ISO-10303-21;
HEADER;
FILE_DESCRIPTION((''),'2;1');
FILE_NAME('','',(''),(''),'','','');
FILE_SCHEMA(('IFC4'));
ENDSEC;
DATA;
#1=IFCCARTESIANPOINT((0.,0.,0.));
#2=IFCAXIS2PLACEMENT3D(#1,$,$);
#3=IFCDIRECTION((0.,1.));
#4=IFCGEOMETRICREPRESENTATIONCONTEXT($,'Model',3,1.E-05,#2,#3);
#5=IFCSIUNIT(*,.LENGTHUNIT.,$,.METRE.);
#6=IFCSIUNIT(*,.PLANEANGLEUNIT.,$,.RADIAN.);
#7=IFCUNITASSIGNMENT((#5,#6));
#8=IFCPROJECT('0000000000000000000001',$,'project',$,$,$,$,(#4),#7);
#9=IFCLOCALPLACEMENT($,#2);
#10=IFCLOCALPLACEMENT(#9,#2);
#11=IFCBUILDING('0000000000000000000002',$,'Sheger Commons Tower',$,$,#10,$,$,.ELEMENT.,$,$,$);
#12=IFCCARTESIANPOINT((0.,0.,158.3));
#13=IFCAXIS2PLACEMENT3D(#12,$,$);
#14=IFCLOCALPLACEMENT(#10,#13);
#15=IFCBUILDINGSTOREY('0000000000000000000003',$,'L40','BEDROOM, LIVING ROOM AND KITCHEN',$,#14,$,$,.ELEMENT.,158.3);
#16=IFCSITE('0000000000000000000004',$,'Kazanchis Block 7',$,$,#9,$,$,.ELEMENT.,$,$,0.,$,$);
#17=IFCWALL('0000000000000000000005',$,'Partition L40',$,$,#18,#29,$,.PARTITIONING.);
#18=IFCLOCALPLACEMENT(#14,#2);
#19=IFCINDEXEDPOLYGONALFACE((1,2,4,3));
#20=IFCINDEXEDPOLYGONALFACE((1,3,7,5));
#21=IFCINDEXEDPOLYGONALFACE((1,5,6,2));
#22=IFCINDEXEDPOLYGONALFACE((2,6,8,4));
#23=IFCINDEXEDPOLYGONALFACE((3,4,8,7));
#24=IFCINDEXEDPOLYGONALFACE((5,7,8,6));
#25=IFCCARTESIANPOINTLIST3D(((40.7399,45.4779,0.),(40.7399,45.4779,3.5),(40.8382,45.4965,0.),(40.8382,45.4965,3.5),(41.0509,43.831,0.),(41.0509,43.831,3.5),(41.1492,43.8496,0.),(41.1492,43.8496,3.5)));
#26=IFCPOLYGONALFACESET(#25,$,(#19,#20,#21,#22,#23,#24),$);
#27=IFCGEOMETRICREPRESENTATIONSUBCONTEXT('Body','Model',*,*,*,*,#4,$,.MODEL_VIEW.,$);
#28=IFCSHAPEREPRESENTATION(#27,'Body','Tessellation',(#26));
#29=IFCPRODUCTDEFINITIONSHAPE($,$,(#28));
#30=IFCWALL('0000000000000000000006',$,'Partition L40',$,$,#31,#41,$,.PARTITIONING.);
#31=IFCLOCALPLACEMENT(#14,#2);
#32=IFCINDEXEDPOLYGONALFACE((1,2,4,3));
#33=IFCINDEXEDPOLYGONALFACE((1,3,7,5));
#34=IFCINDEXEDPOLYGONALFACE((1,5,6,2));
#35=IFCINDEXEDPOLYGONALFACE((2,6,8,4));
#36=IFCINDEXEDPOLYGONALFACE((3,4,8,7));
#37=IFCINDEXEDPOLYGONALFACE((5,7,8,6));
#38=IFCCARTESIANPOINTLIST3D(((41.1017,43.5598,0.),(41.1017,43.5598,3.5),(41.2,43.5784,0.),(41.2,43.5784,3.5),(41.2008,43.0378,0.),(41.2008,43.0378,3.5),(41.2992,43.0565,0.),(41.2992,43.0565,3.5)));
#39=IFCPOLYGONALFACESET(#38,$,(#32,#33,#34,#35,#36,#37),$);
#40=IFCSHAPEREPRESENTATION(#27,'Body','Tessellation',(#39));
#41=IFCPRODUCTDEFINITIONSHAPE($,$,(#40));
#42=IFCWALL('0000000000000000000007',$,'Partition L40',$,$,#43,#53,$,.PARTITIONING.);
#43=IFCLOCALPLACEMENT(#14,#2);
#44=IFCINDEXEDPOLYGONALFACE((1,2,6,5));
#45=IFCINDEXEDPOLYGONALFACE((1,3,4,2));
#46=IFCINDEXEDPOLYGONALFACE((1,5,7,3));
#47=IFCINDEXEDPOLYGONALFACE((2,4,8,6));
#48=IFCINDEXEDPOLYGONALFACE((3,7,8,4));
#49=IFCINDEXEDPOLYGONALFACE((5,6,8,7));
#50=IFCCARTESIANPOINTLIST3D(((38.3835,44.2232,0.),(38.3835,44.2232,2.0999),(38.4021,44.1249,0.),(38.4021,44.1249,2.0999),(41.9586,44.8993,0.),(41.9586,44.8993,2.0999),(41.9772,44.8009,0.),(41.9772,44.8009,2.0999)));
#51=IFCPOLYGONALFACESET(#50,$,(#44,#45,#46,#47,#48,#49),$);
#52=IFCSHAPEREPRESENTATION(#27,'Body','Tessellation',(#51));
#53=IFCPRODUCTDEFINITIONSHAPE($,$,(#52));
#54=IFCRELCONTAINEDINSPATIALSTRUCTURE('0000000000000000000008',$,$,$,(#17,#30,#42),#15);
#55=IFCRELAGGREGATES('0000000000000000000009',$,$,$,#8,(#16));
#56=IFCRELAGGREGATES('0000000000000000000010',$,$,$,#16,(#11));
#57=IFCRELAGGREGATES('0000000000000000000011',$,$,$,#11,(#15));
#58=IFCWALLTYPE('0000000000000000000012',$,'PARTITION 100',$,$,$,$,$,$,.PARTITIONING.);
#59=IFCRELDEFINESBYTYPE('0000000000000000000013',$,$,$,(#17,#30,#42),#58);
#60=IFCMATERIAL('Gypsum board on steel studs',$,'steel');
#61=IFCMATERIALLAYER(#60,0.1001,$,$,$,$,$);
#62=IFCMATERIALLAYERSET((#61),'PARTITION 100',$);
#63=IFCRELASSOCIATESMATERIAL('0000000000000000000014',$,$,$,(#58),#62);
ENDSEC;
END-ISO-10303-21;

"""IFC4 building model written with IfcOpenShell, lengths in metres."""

from ifc_helpers import new_model, si_unit, direction, frame, frame_2d, origin, place, context, subcontext, project, spatial, rectangle, extrude, material, layer, layer_set, type_object, element, save


model = new_model("IFC4")

# Units and contexts
model_context = context("Model", 3, precision=1e-05, world=origin(), true_north=direction((0.0, 1.0)))
body_context = subcontext(model_context, "Body", "Model", "MODEL_VIEW")
ifc_project = project(units=[si_unit("LENGTHUNIT", "METRE"), si_unit("PLANEANGLEUNIT", "RADIAN")], contexts=[model_context])

# Site, building, storey
site_placement = place(None, origin())
site = spatial("IfcSite", under=ifc_project, at=site_placement, Name="Kazanchis Block 7", CompositionType="ELEMENT", RefElevation=0.0)
building_placement = place(site_placement, origin())
building = spatial("IfcBuilding", under=site, at=building_placement, Name="Sheger Commons Tower", CompositionType="ELEMENT")
storey_placement = place(building_placement, frame((0.0, 0.0, 158.3)))
storey = spatial("IfcBuildingStorey", under=building, at=storey_placement, Name="L40", Description="BEDROOM, LIVING ROOM AND KITCHEN", CompositionType="ELEMENT", Elevation=158.3)

# Walls
ifc_material_1 = material(Name="Gypsum board on steel studs", Category="steel")
ifc_layer_1 = layer(ifc_material_1, 0.1001)
ifc_layer_set_1 = layer_set([ifc_layer_1], Name="PARTITION 100")
wall_type_1 = type_object("IfcWallType", Name="PARTITION 100", PredefinedType="PARTITIONING", material=ifc_layer_set_1)
wall_1_placement = place(storey_placement, frame((40.7891, 45.4871, 0.0), z_axis=(0.0, 0.0, 1.0), x_axis=(0.185572, -0.982631, 0.0)))
element("IfcWall", 1, at=wall_1_placement, inside=storey, type_object=wall_type_1, Name="Partition L40", PredefinedType="PARTITIONING", context=body_context, shape_type="SweptSolid", body=[
    extrude(rectangle(XDim=1.676, YDim=0.1001, at=frame_2d((0.8379, 0.0))), origin(), (0.0, 0.0, 1.0), 3.5),
])
wall_2_placement = place(storey_placement, frame((41.1509, 43.5691, 0.0), z_axis=(0.0, 0.0, 1.0), x_axis=(0.186563, -0.982443, 0.0)))
element("IfcWall", 2, at=wall_2_placement, inside=storey, type_object=wall_type_1, Name="Partition L40", PredefinedType="PARTITIONING", context=body_context, shape_type="SweptSolid", body=[
    extrude(rectangle(XDim=0.5312, YDim=0.1001, at=frame_2d((0.2656, 0.0))), origin(), (0.0, 0.0, 1.0), 3.5),
])
wall_3_placement = place(storey_placement, frame((41.968, 44.8501, 0.0), z_axis=(0.0, 0.0, 1.0), x_axis=(-0.982586, -0.185808, 0.0)))
element("IfcWall", 3, at=wall_3_placement, inside=storey, type_object=wall_type_1, Name="Partition L40", PredefinedType="PARTITIONING", context=body_context, shape_type="SweptSolid", body=[
    extrude(rectangle(XDim=3.6384, YDim=0.1001, at=frame_2d((1.8193, 0.0))), origin(), (0.0, 0.0, 1.0), 2.0999),
])

save(model, "model.ifc")
